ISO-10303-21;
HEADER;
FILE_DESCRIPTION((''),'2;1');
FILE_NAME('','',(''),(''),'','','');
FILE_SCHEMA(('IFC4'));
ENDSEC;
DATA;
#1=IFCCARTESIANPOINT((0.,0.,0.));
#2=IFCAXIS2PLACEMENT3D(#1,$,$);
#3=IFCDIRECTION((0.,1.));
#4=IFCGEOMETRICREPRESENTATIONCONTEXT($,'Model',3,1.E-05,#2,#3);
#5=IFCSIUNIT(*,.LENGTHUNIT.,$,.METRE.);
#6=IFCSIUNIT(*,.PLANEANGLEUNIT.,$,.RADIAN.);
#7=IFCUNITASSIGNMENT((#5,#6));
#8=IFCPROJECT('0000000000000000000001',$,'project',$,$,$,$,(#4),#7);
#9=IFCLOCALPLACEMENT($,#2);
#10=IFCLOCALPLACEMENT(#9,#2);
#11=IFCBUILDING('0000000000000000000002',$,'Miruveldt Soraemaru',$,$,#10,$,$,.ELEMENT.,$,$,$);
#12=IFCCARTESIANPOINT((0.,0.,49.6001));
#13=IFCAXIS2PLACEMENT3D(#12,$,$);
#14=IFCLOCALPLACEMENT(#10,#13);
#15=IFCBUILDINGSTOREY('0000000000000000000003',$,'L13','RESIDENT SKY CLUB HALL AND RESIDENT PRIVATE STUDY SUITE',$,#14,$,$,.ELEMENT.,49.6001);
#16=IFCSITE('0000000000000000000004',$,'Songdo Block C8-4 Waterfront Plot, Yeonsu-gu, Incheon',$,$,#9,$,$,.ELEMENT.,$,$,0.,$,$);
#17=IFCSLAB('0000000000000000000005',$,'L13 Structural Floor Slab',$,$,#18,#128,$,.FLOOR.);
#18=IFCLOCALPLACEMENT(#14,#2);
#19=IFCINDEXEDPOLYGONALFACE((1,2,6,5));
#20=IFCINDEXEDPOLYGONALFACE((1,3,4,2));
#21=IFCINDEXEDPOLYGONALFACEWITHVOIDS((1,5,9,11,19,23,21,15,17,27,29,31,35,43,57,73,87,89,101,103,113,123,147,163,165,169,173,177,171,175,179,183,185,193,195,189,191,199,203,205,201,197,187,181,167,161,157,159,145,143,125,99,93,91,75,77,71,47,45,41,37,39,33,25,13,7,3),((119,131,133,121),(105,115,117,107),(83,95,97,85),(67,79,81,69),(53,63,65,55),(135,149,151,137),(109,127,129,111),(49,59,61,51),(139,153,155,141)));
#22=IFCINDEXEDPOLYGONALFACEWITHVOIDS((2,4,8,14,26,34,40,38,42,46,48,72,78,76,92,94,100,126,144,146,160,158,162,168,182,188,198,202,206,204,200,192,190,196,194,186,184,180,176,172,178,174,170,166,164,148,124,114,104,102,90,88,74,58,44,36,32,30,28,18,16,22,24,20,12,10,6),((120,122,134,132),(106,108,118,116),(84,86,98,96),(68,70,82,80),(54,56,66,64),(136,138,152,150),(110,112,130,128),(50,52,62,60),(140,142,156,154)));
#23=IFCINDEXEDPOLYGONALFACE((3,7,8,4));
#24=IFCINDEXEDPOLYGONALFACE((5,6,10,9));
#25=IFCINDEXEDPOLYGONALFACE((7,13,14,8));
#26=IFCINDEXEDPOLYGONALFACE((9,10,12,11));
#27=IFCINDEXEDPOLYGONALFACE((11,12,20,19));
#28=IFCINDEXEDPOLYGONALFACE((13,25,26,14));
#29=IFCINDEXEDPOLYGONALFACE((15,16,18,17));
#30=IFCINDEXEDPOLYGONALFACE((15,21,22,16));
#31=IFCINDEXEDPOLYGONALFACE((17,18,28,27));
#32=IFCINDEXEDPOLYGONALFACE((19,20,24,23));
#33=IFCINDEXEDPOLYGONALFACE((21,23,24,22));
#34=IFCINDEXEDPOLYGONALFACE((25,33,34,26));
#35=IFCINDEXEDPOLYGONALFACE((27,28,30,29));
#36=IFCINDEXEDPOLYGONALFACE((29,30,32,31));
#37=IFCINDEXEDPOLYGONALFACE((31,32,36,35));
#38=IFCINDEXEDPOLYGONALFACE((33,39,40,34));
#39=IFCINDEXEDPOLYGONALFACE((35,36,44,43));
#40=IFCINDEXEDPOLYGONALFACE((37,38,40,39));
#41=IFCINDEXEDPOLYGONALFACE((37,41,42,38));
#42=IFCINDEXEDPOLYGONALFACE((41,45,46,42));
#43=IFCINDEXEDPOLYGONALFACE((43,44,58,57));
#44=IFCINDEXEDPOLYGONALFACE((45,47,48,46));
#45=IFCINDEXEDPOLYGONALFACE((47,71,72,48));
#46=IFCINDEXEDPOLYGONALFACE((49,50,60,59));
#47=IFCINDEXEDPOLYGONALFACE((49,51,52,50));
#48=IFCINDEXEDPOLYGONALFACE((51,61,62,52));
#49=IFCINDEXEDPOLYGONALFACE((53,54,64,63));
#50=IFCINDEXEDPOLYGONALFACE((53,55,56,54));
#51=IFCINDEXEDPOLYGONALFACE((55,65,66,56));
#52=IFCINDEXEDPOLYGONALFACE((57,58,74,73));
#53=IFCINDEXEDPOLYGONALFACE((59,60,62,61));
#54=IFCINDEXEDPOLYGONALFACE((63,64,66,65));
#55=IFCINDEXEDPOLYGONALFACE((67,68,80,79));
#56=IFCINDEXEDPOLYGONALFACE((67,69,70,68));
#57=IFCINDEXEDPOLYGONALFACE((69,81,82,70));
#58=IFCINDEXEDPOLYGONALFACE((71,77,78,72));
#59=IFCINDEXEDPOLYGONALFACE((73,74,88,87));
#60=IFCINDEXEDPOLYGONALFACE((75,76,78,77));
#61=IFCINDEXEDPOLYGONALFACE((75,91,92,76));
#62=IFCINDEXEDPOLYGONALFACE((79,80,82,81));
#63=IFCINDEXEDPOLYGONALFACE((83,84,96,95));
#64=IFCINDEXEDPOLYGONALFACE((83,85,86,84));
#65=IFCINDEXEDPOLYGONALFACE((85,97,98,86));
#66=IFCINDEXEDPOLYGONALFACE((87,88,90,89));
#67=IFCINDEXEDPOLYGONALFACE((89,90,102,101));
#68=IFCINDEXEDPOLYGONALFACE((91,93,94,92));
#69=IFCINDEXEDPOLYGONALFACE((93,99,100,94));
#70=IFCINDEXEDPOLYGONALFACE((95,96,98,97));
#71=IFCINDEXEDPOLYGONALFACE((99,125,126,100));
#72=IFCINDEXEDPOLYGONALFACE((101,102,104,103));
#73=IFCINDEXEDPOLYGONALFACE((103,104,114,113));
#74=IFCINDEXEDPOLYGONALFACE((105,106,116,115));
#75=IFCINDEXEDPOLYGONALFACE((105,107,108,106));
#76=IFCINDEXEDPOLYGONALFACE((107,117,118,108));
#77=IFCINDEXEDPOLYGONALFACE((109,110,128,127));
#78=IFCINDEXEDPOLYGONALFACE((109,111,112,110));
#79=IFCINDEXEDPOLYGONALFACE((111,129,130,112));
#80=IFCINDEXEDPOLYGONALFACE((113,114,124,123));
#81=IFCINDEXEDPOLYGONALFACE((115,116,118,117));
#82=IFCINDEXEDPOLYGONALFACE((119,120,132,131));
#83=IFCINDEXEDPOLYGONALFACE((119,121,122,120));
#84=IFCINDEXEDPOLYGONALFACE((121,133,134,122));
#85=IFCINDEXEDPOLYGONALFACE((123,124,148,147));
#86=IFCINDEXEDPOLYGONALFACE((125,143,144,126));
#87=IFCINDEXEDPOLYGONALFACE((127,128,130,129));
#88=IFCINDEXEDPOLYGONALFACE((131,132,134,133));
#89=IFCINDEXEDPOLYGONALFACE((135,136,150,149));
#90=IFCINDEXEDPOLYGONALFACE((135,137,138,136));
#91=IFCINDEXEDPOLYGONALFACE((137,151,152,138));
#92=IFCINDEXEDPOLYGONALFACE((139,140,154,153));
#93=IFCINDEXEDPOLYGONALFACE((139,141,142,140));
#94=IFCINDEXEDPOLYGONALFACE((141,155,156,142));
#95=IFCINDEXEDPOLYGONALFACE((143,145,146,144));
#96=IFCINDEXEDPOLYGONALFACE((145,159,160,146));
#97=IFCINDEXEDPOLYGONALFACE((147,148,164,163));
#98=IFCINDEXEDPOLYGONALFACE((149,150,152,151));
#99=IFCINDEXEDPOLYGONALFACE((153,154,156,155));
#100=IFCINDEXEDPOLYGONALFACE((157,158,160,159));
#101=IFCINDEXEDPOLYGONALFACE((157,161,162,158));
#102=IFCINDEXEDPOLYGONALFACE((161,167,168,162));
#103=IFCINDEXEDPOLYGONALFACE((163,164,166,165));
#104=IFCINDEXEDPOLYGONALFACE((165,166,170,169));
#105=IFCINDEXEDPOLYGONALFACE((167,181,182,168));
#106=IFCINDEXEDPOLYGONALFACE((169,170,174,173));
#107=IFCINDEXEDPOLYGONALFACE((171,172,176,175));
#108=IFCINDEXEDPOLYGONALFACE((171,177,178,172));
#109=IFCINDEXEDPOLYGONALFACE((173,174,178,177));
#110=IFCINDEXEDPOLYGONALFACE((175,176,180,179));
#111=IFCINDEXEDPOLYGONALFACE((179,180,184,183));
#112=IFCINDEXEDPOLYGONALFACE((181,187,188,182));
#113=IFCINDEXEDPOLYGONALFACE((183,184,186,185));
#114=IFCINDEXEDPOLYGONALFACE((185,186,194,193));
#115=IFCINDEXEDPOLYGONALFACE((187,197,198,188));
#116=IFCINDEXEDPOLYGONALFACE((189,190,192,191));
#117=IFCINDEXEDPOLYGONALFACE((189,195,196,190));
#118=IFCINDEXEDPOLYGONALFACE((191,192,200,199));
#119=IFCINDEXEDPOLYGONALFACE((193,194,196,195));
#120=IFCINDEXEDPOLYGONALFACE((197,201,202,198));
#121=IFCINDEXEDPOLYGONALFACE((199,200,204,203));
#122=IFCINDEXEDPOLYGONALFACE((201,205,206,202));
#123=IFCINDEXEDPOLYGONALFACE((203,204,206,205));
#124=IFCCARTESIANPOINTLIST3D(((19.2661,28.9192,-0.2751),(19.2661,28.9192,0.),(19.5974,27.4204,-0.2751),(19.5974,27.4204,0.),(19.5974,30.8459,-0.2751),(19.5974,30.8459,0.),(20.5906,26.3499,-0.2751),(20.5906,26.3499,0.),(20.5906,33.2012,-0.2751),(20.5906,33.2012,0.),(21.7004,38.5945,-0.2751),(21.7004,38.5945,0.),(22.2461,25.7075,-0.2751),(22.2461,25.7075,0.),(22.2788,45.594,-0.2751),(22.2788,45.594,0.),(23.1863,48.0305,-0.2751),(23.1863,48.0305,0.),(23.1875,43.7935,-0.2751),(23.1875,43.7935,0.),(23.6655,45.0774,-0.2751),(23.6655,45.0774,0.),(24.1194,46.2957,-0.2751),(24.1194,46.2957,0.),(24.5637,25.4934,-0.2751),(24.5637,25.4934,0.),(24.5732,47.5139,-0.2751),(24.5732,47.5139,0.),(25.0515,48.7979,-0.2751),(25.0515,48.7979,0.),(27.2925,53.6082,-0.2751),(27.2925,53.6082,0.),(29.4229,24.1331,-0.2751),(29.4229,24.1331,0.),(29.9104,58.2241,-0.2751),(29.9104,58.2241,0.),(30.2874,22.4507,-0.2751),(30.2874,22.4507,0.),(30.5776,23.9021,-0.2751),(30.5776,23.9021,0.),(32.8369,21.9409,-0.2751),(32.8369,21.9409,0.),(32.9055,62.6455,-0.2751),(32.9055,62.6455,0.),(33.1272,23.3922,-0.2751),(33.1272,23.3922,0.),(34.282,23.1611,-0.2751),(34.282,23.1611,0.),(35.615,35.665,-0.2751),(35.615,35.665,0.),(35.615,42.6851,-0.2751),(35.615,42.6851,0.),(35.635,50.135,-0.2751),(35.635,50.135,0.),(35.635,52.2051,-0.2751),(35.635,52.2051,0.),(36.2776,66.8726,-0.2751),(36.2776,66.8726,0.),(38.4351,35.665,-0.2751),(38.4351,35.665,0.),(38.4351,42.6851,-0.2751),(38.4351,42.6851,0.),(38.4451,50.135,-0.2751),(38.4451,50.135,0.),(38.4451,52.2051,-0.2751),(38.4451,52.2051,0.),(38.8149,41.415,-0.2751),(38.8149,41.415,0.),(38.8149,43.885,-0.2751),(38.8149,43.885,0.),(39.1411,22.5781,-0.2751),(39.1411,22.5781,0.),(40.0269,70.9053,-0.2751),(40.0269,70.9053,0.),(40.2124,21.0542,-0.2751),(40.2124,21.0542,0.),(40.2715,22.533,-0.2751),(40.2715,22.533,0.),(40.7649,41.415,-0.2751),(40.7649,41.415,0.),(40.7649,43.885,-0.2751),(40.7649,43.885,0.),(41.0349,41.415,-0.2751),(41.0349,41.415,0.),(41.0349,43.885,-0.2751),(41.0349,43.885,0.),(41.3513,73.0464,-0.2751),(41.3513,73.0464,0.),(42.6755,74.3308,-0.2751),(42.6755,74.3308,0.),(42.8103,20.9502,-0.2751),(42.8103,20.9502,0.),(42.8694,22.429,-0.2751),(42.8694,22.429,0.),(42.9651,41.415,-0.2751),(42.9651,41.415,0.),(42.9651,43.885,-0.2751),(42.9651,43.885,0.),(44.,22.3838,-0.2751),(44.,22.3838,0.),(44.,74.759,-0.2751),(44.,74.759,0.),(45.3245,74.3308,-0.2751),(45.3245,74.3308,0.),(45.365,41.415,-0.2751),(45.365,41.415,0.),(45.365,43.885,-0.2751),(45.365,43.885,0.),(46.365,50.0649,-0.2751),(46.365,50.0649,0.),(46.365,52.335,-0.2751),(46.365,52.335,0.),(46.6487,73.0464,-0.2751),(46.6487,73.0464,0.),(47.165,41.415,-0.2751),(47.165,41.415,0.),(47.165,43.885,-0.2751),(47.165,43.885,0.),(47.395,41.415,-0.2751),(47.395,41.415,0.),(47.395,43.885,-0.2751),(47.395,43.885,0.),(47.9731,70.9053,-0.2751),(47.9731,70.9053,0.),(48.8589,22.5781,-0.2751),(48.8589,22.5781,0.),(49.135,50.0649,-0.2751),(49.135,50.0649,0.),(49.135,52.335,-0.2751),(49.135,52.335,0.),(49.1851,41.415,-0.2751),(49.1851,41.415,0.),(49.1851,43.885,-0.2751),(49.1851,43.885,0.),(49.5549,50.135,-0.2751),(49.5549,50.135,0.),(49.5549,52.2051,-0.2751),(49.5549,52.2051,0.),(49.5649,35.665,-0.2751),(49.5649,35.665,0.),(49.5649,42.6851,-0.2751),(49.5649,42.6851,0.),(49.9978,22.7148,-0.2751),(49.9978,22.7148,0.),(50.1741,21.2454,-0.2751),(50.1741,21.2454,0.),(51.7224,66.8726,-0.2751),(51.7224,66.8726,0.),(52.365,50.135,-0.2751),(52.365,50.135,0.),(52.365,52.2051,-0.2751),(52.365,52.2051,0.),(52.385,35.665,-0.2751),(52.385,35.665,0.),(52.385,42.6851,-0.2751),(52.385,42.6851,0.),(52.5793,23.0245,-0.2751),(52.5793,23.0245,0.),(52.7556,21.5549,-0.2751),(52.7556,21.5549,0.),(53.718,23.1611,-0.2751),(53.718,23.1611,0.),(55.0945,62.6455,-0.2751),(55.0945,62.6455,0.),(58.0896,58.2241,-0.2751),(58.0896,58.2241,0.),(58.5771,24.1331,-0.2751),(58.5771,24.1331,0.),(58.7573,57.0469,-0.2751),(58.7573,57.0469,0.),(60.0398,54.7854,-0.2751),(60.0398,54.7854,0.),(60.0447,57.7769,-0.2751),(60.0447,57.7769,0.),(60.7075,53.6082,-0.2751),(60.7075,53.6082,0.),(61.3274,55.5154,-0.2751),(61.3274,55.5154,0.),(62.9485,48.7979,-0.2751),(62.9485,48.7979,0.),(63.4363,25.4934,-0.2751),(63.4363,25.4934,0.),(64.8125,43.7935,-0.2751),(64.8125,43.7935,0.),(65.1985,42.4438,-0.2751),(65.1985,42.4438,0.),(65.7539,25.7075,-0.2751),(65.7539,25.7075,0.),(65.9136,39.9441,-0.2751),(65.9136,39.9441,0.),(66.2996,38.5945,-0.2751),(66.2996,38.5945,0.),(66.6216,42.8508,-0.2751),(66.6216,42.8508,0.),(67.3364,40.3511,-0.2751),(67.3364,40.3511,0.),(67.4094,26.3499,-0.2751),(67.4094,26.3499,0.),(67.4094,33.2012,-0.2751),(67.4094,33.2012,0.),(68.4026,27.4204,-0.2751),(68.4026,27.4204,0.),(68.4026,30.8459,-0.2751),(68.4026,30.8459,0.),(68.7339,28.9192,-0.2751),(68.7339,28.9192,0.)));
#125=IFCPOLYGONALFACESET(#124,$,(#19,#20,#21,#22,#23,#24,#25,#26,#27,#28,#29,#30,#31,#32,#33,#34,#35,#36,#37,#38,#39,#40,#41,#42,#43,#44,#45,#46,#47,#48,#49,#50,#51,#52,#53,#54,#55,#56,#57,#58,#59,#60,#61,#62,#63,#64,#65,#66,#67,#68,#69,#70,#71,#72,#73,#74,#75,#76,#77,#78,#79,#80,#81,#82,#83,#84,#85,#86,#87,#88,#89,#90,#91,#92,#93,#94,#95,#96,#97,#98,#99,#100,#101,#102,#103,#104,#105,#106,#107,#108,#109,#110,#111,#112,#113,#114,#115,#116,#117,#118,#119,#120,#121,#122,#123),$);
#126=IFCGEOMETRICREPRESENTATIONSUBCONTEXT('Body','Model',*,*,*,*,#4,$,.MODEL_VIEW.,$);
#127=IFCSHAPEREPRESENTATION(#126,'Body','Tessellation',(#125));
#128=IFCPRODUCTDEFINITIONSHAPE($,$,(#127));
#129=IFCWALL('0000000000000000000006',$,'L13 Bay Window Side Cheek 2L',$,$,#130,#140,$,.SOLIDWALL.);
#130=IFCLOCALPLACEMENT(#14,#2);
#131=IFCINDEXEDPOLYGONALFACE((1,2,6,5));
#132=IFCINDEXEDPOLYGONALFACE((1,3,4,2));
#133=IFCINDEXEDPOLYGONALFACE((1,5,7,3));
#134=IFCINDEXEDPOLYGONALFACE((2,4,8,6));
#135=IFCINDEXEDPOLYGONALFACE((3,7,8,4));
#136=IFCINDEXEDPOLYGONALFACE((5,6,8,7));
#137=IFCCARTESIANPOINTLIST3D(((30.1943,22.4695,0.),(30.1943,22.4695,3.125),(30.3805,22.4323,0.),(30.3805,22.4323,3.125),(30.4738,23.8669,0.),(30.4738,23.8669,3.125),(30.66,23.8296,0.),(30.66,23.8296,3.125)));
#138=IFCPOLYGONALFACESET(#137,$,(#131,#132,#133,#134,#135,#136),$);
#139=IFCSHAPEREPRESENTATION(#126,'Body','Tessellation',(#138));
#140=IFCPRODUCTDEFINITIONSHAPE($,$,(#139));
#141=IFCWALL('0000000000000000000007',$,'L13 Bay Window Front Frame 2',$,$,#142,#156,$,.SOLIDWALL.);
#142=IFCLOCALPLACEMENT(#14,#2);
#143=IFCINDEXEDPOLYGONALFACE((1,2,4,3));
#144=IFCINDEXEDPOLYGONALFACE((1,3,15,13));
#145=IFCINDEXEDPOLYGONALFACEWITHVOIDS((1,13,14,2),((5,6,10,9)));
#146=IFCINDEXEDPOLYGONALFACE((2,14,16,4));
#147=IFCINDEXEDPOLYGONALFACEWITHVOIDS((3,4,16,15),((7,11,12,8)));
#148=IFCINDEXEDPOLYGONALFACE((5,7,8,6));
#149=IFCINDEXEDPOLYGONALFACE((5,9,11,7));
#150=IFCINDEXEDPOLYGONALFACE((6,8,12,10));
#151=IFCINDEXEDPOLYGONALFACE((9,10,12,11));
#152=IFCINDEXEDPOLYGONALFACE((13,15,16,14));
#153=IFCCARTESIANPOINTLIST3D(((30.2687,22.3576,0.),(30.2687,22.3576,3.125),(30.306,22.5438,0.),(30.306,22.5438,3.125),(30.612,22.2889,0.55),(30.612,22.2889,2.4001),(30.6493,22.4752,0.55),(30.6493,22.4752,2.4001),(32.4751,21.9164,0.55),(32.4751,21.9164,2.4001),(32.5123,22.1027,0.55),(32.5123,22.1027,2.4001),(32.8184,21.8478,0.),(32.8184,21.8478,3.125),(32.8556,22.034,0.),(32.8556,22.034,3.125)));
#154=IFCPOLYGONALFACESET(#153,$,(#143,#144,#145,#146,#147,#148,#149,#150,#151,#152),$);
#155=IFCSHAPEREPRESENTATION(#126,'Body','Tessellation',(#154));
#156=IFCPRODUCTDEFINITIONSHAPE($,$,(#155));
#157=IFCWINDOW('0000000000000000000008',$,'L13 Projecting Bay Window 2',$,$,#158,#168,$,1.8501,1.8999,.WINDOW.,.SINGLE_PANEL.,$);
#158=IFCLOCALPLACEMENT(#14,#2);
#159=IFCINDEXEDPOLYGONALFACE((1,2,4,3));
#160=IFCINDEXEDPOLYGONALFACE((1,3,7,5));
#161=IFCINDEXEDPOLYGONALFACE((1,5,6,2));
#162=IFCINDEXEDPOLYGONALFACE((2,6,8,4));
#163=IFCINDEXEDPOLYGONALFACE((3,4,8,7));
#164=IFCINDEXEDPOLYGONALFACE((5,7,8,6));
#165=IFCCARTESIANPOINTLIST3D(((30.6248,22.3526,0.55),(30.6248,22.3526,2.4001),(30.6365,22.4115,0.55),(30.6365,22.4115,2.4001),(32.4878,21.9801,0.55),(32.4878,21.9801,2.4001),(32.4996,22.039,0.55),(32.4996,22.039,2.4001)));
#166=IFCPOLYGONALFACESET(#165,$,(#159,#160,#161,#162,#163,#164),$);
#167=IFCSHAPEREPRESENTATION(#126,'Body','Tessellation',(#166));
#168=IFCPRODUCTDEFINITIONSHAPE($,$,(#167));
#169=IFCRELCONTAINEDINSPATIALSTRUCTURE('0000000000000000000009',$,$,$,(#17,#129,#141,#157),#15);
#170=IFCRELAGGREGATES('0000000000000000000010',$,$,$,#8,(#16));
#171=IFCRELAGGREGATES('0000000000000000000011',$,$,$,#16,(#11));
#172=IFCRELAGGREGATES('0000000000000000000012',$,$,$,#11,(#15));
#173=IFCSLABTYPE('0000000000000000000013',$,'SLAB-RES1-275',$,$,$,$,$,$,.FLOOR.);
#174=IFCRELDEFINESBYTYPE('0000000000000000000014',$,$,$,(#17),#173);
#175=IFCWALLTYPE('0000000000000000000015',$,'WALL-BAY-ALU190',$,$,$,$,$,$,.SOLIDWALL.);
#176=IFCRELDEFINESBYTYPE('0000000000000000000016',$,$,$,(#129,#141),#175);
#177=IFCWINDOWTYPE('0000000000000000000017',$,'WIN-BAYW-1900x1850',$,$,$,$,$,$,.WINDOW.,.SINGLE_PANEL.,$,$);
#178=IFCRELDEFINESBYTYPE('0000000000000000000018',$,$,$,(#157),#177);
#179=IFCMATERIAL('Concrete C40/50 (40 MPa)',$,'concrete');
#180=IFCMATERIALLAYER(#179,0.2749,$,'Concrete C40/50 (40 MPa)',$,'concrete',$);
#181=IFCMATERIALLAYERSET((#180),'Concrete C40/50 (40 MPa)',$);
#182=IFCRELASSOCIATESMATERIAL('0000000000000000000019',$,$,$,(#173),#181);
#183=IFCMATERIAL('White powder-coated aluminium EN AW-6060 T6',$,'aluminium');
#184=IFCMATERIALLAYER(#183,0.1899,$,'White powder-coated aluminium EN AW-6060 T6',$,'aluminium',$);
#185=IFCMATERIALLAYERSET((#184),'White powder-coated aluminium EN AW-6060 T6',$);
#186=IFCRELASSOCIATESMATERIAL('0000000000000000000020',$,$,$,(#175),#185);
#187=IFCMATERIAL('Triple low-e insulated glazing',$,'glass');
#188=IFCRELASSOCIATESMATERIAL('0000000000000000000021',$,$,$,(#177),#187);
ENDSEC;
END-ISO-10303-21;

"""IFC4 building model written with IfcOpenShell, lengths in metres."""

from ifc_helpers import new_model, si_unit, direction, frame, frame_2d, origin, place, context, subcontext, project, spatial, polyline, rectangle, outline, extrude, material, layer, layer_set, type_object, element, fill, save


model = new_model("IFC4")

# Units and contexts
model_context = context("Model", 3, precision=1e-05, world=origin(), true_north=direction((0.0, 1.0)))
body_context = subcontext(model_context, "Body", "Model", "MODEL_VIEW")
ifc_project = project(units=[si_unit("LENGTHUNIT", "METRE"), si_unit("PLANEANGLEUNIT", "RADIAN")], contexts=[model_context])

# Site, building, storey
site_placement = place(None, origin())
site = spatial("IfcSite", under=ifc_project, at=site_placement, Name="Songdo Block C8-4 Waterfront Plot, Yeonsu-gu, Incheon", CompositionType="ELEMENT", RefElevation=0.0)
building_placement = place(site_placement, origin())
building = spatial("IfcBuilding", under=site, at=building_placement, Name="Miruveldt Soraemaru", CompositionType="ELEMENT")
storey_placement = place(building_placement, frame((0.0, 0.0, 49.6001)))
storey = spatial("IfcBuildingStorey", under=building, at=storey_placement, Name="L13", Description="RESIDENT SKY CLUB HALL AND RESIDENT PRIVATE STUDY SUITE", CompositionType="ELEMENT", Elevation=49.6001)

# Shared definitions
ifc_material_1 = material(Name="Concrete C40/50 (40 MPa)", Category="concrete")

# Slab
ifc_layer_1 = layer(ifc_material_1, 0.2749, Name="Concrete C40/50 (40 MPa)", Category="concrete")
ifc_layer_set_1 = layer_set([ifc_layer_1], Name="Concrete C40/50 (40 MPa)")
slab_type_1 = type_object("IfcSlabType", Name="SLAB-RES1-275", PredefinedType="FLOOR", material=ifc_layer_set_1)
slab_1_placement = place(storey_placement, frame((0.0, 0.0, -0.2751)))
element("IfcSlab", 1, at=slab_1_placement, inside=storey, type_object=slab_type_1, Name="L13 Structural Floor Slab", PredefinedType="FLOOR", context=body_context, shape_type="SweptSolid", body=[
    extrude(outline(polyline([(40.2124, 21.0542), (40.2715, 22.533), (39.1411, 22.5781), (34.282, 23.1611), (31.8523, 23.6472), (33.1272, 23.3921), (32.8369, 21.9409), (30.2874, 22.4507), (30.5776, 23.9021), (29.4229, 24.1331), (24.5637, 25.4934), (22.2461, 25.7075), (20.5906, 26.3499), (19.5974, 27.4204), (19.2661, 28.9192), (19.5974, 30.8459), (20.5906, 33.2012), (21.7004, 38.5945), (23.1875, 43.7935), (24.1194, 46.2957), (23.6655, 45.0774), (22.2788, 45.594), (23.1863, 48.0305), (24.5732, 47.5139), (25.0515, 48.7979), (27.2925, 53.6082), (29.9104, 58.2241), (32.9055, 62.6455), (36.2776, 66.8726), (40.0269, 70.9053), (41.3513, 73.0464), (42.6755, 74.3308), (44.0, 74.759), (45.3245, 74.3308), (46.6487, 73.0464), (47.9731, 70.9053), (51.7224, 66.8726), (55.0945, 62.6455), (58.0896, 58.2241), (59.3987, 55.916), (58.7573, 57.0469), (60.0447, 57.7769), (61.3274, 55.5154), (60.0398, 54.7854), (60.7075, 53.6082), (62.9485, 48.7979), (64.8125, 43.7935), (65.1985, 42.4438), (66.6216, 42.8508), (67.3364, 40.3511), (65.9136, 39.9441), (66.2996, 38.5945), (67.4094, 33.2012), (68.4026, 30.8459), (68.7339, 28.9192), (68.4026, 27.4204), (67.4094, 26.3499), (65.7539, 25.7075), (63.4363, 25.4934), (58.5771, 24.1331), (53.718, 23.1611), (51.2886, 22.8696), (52.5793, 23.0244), (52.7556, 21.5549), (50.1741, 21.2454), (49.9978, 22.7148), (48.8589, 22.5781), (44.0, 22.3838), (41.5706, 22.481), (42.8694, 22.429), (42.8103, 20.9502), (40.2124, 21.0542)]), holes=[polyline([(35.615, 35.665), (38.4351, 35.665), (38.4351, 42.6851), (35.615, 42.6851), (35.615, 35.665)]), polyline([(49.5649, 35.665), (52.385, 35.665), (52.385, 42.6851), (49.5649, 42.6851), (49.5649, 35.665)]), polyline([(40.7649, 41.415), (40.7649, 43.885), (38.8149, 43.885), (38.8149, 41.415), (40.7649, 41.415)]), polyline([(42.9651, 41.415), (42.9651, 43.885), (41.0349, 43.885), (41.0349, 41.415), (42.9651, 41.415)]), polyline([(47.165, 41.415), (47.165, 43.885), (45.365, 43.885), (45.365, 41.415), (47.165, 41.415)]), polyline([(49.1851, 41.415), (49.1851, 43.885), (47.395, 43.885), (47.395, 41.415), (49.1851, 41.415)]), polyline([(38.4451, 50.135), (38.4451, 52.2051), (35.635, 52.2051), (35.635, 50.135), (38.4451, 50.135)]), polyline([(49.5549, 50.135), (52.365, 50.135), (52.365, 52.2051), (49.5549, 52.2051), (49.5549, 50.135)]), polyline([(46.365, 50.0649), (49.135, 50.0649), (49.135, 52.335), (46.365, 52.335), (46.365, 50.0649)])]), origin(), (0.0, 0.0, 1.0), 0.2751),
])

# Wall
ifc_material_2 = material(Name="White powder-coated aluminium EN AW-6060 T6", Category="aluminium")
ifc_layer_2 = layer(ifc_material_2, 0.1899, Name="White powder-coated aluminium EN AW-6060 T6", Category="aluminium")
ifc_layer_set_2 = layer_set([ifc_layer_2], Name="White powder-coated aluminium EN AW-6060 T6")
wall_type_1 = type_object("IfcWallType", Name="WALL-BAY-ALU190", PredefinedType="SOLIDWALL", material=ifc_layer_set_2)
wall_1_placement = place(storey_placement, frame((30.5669, 23.8481, 0.0), z_axis=(0.0, 0.0, 1.0), x_axis=(-0.196149, -0.980574, 0.0)))
element("IfcWall", 2, at=wall_1_placement, inside=storey, type_object=wall_type_1, Name="L13 Bay Window Side Cheek 2L", PredefinedType="SOLIDWALL", context=body_context, shape_type="SweptSolid", body=[
    extrude(rectangle(XDim=1.425, YDim=0.1899, at=frame_2d((0.7124, 0.0))), origin(), (0.0, 0.0, 1.0), 3.125),
])

# Wall, opening, window
wall_2_placement = place(storey_placement, frame((30.2874, 22.4507, 0.0), z_axis=(0.0, 0.0, 1.0), x_axis=(0.980592, -0.196062, 0.0)))
wall_2 = element("IfcWall", 3, at=wall_2_placement, inside=storey, type_object=wall_type_1, Name="L13 Bay Window Front Frame 2", PredefinedType="SOLIDWALL", context=body_context, shape_type="SweptSolid", body=[
    extrude(rectangle(XDim=2.6001, YDim=0.1899, at=frame_2d((1.3, 0.0))), origin(), (0.0, 0.0, 1.0), 3.125),
])
opening_1_placement = place(wall_2_placement, frame((0.3501, 0.0, 0.55)))
opening_1 = element("IfcOpeningElement", 4, at=opening_1_placement, cuts=wall_2, PredefinedType="OPENING", context=body_context, shape_type="SweptSolid", body=[
    extrude(rectangle(XDim=1.8999, YDim=1.8501, at=frame_2d((0.95, 0.925))), frame((0.0, 0.105, 0.0), z_axis=(0.0, -1.0, 0.0), x_axis=(1.0, 0.0, 0.0)), (0.0, 0.0, 1.0), 0.21),
])
ifc_material_3 = material(Name="Triple low-e insulated glazing", Category="glass")
window_type_1 = type_object("IfcWindowType", Name="WIN-BAYW-1900x1850", PartitioningType="SINGLE_PANEL", PredefinedType="WINDOW", material=ifc_material_3)
window_1_placement = place(opening_1_placement, origin())
window_1 = element("IfcWindow", 5, at=window_1_placement, inside=storey, type_object=window_type_1, Name="L13 Projecting Bay Window 2", OverallHeight=1.8501, OverallWidth=1.8999, PartitioningType="SINGLE_PANEL", PredefinedType="WINDOW", context=body_context, shape_type="SweptSolid", body=[
    extrude(rectangle(XDim=1.8999, YDim=1.8501, at=frame_2d((0.95, 0.925))), frame((0.0, 0.03, 0.0), z_axis=(0.0, -1.0, 0.0), x_axis=(1.0, 0.0, 0.0)), (0.0, 0.0, 1.0), 0.0601),
])
fill(opening_1, window_1)

save(model, "model.ifc")
